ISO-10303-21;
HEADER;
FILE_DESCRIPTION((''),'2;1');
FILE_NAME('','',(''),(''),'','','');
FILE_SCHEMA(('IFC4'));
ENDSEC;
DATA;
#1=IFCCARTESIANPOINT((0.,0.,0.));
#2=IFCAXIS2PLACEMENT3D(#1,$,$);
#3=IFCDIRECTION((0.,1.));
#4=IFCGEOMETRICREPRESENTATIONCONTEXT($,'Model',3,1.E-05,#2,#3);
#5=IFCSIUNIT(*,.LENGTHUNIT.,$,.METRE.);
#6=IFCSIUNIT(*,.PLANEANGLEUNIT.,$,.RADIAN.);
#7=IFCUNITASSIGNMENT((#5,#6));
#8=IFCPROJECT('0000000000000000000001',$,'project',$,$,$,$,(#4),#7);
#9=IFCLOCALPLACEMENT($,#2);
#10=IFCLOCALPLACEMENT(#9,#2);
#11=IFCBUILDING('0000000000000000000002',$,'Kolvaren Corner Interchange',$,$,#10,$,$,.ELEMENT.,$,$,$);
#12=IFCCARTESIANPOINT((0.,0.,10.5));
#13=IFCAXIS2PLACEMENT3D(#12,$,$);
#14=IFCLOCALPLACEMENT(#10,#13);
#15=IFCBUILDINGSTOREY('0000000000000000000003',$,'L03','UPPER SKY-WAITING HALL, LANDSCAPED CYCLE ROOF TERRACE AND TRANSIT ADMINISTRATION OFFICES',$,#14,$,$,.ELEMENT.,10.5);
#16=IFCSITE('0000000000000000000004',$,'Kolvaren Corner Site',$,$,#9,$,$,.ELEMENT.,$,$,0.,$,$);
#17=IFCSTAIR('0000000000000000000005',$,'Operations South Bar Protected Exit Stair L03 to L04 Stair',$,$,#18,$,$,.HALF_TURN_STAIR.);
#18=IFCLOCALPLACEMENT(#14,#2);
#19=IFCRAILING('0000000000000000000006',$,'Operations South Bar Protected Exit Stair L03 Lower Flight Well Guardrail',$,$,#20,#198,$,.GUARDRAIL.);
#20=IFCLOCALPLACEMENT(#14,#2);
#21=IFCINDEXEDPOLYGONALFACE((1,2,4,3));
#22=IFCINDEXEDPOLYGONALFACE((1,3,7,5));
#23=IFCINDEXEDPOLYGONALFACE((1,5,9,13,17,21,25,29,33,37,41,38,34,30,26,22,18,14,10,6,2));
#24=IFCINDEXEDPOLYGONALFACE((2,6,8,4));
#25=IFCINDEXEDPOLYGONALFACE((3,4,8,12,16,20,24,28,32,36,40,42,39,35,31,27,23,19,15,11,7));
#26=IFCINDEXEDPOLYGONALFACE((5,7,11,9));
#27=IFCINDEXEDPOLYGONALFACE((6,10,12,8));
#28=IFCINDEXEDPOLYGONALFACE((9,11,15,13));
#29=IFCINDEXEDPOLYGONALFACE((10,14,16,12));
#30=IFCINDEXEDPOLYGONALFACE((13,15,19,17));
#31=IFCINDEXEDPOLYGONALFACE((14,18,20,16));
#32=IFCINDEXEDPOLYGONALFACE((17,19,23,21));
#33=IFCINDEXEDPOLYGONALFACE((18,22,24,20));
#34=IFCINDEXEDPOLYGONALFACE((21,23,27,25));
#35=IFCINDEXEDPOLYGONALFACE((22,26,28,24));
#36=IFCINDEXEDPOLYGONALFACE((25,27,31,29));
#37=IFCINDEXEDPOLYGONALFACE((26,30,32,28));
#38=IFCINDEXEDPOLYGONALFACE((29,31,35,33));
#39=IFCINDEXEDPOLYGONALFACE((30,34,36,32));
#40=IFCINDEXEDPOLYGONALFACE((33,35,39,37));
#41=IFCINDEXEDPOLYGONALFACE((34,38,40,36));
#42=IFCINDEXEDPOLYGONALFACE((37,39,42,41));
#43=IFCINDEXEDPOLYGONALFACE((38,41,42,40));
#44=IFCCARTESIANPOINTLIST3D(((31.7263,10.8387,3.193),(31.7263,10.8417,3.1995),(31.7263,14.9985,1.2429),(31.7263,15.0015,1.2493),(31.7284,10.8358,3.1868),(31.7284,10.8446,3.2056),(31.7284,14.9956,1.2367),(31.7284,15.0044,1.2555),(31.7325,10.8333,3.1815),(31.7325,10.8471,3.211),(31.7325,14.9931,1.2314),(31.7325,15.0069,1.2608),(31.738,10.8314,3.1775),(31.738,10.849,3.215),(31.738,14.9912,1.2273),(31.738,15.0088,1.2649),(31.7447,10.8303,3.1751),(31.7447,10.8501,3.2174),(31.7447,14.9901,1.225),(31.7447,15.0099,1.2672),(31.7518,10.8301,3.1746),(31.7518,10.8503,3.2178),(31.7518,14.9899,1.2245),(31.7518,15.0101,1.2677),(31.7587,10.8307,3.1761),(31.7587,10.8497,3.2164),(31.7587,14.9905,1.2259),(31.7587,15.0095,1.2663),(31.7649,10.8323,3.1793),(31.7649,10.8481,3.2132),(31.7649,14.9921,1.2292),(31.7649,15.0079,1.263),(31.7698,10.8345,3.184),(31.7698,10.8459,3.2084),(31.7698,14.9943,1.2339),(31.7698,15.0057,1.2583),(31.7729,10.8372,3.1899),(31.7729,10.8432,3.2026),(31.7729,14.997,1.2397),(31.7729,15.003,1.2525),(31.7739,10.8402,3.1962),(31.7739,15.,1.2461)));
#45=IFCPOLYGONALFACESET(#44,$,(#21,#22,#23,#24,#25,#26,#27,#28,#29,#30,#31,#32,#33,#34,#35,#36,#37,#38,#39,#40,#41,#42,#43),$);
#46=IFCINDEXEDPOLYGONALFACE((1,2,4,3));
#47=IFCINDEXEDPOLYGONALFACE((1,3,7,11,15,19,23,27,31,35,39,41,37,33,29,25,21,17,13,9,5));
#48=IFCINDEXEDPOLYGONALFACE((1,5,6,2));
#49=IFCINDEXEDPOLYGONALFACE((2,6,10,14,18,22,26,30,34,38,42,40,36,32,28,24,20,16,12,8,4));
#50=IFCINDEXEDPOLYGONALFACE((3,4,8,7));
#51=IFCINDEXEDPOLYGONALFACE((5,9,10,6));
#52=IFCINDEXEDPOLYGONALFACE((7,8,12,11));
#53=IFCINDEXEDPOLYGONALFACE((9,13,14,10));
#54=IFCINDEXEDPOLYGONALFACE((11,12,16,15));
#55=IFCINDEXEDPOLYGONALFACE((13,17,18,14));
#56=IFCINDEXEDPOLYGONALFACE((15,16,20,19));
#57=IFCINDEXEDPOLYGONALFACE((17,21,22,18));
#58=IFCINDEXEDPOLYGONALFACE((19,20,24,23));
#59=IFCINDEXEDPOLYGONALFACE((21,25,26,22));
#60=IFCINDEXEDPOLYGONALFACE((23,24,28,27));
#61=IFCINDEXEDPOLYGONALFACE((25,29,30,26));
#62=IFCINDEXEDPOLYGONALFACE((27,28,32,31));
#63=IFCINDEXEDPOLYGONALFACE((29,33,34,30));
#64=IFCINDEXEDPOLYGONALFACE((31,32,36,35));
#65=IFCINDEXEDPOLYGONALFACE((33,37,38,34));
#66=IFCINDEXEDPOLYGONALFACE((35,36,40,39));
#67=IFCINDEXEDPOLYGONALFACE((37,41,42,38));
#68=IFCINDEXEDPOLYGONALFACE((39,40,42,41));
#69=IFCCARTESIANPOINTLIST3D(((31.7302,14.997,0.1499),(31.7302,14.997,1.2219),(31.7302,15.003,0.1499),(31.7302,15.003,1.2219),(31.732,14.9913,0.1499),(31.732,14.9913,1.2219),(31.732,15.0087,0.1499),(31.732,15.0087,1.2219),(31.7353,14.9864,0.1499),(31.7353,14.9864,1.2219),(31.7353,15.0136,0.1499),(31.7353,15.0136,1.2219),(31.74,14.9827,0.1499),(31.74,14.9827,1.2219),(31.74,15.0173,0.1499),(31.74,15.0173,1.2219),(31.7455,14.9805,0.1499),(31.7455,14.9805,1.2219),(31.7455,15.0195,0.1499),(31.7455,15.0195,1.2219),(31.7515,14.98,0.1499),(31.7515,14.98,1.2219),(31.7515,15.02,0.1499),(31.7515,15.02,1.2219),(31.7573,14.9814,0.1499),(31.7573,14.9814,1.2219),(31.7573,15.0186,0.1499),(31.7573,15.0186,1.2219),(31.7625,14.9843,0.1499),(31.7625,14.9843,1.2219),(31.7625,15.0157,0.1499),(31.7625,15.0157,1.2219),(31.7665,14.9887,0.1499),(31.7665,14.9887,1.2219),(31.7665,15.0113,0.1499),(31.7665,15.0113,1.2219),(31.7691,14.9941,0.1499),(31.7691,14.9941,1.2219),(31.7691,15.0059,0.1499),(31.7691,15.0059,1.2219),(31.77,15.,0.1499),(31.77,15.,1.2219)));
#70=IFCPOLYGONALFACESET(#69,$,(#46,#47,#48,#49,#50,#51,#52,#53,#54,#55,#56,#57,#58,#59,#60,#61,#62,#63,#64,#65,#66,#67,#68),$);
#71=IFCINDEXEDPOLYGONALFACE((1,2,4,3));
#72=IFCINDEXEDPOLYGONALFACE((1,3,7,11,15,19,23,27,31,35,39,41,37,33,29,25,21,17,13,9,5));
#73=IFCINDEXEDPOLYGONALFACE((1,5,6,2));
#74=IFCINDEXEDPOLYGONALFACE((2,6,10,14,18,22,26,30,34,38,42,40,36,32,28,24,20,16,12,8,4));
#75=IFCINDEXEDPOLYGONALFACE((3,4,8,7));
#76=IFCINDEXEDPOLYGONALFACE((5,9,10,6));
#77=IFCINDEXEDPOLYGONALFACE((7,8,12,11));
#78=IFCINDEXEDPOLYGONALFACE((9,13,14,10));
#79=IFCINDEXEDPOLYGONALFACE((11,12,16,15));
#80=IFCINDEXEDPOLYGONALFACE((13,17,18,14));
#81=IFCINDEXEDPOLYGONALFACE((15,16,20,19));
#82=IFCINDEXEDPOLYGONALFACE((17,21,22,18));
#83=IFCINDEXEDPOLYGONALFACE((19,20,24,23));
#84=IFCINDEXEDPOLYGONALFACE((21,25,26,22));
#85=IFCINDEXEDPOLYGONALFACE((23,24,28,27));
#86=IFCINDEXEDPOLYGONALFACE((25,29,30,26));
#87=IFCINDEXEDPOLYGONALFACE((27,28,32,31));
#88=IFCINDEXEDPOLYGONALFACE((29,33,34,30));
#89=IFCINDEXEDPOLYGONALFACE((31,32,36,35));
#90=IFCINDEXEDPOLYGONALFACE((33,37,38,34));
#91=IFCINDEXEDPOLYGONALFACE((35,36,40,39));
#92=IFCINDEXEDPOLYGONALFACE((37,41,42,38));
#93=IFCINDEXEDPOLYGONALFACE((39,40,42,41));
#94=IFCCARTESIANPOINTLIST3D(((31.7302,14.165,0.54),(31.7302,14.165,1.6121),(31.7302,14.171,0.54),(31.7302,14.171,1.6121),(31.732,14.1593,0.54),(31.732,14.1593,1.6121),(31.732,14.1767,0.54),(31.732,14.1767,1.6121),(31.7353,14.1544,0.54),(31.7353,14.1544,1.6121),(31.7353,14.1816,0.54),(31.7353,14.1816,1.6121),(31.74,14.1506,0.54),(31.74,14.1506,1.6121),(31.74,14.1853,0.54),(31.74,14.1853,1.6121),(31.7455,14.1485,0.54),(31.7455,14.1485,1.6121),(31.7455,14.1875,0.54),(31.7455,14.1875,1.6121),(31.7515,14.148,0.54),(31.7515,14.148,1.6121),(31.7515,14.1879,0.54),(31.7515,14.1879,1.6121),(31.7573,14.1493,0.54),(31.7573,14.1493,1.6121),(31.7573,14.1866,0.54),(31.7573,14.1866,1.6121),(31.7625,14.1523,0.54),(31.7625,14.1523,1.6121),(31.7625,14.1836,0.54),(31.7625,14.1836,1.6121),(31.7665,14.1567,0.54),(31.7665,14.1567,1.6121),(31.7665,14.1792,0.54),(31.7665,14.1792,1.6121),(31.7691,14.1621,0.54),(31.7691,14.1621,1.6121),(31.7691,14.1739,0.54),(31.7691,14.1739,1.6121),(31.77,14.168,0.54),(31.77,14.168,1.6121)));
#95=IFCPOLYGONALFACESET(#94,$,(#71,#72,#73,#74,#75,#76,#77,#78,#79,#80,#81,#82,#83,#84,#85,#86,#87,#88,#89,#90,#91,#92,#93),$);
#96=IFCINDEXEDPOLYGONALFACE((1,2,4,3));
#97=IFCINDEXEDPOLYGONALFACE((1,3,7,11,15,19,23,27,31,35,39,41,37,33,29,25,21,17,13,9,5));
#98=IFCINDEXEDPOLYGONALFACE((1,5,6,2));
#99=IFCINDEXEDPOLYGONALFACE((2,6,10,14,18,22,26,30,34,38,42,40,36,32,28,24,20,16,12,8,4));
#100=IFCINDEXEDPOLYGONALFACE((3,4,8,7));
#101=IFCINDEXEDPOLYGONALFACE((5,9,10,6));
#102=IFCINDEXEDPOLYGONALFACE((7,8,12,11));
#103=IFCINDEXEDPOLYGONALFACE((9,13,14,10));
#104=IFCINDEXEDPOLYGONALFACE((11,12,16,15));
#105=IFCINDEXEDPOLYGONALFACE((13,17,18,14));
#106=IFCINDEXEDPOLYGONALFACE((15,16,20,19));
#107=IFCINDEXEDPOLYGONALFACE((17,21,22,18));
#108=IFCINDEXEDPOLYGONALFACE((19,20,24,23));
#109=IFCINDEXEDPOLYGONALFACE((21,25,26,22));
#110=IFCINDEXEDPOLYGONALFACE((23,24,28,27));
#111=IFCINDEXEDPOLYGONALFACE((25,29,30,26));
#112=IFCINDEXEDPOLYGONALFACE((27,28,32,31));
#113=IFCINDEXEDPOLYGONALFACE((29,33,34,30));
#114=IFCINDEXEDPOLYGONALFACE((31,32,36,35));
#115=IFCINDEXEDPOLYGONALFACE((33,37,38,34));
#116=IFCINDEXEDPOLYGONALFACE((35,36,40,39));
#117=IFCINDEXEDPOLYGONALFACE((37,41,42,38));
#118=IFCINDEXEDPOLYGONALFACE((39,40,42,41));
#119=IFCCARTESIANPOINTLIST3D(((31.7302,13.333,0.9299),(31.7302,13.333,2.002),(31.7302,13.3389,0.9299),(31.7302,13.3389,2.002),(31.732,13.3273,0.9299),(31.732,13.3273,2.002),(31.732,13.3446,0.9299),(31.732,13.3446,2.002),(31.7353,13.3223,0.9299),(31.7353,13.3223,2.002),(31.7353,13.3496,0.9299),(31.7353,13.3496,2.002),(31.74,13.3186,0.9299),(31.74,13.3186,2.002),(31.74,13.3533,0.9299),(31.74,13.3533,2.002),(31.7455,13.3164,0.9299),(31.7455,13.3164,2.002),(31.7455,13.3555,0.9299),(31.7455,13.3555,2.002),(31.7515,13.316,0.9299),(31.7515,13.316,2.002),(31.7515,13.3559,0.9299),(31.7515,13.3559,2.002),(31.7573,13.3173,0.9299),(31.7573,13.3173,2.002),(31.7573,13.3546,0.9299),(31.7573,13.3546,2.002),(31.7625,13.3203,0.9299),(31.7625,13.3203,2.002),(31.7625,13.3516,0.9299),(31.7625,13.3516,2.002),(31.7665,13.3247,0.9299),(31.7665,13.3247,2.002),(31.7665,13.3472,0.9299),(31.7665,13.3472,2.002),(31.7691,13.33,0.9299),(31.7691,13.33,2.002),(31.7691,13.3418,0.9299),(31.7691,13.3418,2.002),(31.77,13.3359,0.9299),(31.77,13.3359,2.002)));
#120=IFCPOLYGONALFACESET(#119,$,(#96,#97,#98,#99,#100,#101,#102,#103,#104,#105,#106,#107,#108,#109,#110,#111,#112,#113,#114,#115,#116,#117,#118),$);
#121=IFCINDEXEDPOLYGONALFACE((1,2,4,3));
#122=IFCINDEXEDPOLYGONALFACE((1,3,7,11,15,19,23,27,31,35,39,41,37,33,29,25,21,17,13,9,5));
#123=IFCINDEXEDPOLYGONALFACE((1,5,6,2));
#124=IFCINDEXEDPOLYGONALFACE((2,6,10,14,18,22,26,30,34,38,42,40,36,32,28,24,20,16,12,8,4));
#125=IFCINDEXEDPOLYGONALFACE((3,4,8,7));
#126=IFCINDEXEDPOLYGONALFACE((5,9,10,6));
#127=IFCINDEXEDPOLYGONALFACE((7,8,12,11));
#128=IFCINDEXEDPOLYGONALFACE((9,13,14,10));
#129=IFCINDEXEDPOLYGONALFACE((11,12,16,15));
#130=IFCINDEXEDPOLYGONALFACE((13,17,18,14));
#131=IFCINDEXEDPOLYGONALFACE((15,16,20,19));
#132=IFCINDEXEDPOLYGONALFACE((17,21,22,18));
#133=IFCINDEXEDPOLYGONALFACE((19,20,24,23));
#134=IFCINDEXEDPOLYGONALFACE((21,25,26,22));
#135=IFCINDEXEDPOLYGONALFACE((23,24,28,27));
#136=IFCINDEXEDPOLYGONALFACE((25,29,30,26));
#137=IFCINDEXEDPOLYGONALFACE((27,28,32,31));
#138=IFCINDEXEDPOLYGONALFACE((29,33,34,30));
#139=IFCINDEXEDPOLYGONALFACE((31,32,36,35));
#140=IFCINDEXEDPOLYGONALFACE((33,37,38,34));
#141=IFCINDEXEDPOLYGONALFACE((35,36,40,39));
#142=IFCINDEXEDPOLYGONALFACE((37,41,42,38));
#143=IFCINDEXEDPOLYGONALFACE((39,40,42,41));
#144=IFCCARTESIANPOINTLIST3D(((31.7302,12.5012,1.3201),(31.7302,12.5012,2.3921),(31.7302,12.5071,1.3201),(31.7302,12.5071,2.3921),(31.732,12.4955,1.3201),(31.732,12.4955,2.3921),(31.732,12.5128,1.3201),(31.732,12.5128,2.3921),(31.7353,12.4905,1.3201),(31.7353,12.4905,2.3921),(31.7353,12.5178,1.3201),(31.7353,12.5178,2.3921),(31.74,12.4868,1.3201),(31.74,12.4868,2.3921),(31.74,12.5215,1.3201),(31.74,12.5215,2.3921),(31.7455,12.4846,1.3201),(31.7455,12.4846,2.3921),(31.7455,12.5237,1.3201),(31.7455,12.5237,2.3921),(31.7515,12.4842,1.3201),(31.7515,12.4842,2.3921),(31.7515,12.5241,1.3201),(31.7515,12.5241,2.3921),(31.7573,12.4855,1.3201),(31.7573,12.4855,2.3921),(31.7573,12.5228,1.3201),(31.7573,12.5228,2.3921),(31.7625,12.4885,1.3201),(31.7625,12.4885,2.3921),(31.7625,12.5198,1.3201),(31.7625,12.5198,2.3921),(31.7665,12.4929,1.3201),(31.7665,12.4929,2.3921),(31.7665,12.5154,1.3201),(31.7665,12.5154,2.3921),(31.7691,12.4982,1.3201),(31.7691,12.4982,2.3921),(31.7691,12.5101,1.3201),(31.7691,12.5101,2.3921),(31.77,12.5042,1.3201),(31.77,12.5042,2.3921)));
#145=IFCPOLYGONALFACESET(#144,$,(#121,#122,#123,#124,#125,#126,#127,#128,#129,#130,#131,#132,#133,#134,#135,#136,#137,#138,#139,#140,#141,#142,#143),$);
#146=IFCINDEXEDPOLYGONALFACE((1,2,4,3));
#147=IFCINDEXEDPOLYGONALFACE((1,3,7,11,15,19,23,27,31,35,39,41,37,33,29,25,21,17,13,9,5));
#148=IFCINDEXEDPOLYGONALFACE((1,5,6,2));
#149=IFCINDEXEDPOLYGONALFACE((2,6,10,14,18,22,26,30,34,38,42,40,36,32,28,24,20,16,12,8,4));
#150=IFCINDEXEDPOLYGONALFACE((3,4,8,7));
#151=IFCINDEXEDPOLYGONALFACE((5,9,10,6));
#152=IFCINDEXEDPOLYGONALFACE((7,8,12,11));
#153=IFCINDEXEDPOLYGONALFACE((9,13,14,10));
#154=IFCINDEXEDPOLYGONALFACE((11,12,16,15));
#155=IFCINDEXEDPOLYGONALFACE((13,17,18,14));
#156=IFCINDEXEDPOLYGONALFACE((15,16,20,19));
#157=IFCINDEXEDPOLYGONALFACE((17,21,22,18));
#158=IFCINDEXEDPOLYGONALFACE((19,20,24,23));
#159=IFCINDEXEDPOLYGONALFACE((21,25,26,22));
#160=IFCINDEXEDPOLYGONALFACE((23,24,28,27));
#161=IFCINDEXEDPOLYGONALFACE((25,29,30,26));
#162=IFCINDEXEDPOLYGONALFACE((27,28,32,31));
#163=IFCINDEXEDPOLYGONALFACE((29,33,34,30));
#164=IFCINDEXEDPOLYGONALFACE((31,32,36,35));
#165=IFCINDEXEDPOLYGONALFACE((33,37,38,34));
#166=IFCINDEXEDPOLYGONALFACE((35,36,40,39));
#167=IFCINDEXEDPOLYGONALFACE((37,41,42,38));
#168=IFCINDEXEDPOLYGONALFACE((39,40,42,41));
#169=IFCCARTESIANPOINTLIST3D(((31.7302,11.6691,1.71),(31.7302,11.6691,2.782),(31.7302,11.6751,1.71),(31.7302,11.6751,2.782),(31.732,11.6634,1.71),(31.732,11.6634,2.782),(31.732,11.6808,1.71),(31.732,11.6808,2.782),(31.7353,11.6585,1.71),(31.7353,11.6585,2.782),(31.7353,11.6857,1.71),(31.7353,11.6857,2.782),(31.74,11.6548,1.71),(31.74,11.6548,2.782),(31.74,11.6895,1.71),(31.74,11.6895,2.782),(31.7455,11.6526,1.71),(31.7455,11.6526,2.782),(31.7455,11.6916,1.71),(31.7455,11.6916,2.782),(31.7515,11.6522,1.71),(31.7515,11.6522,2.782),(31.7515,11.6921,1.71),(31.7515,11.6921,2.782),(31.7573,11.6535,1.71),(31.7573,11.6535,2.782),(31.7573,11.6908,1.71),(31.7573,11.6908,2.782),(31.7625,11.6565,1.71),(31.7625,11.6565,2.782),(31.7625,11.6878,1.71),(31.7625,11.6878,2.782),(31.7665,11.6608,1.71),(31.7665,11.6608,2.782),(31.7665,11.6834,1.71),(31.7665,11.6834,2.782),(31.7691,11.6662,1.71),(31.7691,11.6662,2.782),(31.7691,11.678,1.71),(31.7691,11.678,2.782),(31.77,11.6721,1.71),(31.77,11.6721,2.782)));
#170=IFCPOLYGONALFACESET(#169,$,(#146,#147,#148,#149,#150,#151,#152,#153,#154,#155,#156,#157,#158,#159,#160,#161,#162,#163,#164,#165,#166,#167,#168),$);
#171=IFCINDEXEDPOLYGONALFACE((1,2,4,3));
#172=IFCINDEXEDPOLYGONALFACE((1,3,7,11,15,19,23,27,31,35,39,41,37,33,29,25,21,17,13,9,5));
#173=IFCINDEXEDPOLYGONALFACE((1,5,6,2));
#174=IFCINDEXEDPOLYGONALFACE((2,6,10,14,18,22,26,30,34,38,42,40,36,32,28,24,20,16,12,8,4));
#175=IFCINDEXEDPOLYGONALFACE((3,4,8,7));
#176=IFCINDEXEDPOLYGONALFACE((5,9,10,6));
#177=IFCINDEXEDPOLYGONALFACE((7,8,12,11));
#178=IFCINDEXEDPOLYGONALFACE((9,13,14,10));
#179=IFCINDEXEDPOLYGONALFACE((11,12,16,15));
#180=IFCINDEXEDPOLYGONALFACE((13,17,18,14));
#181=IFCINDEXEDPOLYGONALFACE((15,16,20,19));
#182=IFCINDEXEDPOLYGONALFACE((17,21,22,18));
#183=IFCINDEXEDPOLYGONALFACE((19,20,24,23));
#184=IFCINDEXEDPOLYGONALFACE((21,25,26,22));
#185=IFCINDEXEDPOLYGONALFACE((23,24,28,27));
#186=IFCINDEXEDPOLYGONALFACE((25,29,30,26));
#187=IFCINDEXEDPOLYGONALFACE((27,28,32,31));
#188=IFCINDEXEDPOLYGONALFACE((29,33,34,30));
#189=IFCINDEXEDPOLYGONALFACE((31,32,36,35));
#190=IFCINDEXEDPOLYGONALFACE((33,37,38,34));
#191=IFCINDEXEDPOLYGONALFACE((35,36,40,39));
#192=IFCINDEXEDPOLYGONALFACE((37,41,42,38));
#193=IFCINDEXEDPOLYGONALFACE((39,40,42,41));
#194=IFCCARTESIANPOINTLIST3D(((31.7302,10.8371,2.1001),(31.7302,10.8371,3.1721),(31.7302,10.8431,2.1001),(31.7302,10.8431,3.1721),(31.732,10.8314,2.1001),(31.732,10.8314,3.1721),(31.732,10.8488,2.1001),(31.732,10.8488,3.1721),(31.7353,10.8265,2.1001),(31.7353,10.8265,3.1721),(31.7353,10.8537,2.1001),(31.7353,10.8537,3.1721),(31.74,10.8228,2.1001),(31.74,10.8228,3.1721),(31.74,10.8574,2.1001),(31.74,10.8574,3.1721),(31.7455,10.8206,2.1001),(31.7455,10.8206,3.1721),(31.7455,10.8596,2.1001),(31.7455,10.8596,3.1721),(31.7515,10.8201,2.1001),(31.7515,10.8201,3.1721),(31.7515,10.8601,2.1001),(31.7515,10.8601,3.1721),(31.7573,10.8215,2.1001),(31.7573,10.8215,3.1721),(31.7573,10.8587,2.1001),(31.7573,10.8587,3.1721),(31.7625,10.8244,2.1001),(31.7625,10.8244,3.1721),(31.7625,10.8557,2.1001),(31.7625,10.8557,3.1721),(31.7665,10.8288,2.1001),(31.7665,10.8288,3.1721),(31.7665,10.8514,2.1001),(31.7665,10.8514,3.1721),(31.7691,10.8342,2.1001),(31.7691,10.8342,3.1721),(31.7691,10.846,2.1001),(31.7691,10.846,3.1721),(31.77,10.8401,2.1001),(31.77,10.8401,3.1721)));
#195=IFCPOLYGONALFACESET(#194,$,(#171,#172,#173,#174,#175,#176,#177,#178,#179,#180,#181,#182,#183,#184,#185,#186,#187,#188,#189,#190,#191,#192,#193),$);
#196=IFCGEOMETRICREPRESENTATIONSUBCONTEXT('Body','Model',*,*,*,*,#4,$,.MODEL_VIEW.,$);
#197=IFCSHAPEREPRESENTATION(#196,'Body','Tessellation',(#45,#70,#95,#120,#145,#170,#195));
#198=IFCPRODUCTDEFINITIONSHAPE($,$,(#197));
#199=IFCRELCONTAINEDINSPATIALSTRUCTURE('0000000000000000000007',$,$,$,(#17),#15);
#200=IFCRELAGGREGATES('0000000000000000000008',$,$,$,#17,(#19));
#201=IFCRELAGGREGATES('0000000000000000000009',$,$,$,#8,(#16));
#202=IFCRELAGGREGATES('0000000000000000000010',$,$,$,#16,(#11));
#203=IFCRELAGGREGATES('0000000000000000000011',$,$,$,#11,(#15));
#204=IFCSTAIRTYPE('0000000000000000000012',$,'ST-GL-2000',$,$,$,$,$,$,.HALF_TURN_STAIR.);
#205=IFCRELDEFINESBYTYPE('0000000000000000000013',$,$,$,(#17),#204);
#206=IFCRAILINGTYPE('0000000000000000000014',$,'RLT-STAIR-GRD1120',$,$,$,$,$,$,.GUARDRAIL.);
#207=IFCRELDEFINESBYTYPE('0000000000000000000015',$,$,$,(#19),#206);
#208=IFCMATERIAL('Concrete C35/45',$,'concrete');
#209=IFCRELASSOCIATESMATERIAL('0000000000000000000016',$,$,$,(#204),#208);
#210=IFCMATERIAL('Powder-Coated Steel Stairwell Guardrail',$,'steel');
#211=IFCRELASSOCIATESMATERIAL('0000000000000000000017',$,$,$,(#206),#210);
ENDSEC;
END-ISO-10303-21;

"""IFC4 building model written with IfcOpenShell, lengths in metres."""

from ifc_helpers import new_model, si_unit, direction, frame, origin, origin_2d, place, context, subcontext, project, spatial, circle, extrude, material, type_object, element, aggregate, save


model = new_model("IFC4")

# Units and contexts
model_context = context("Model", 3, precision=1e-05, world=origin(), true_north=direction((0.0, 1.0)))
body_context = subcontext(model_context, "Body", "Model", "MODEL_VIEW")
ifc_project = project(units=[si_unit("LENGTHUNIT", "METRE"), si_unit("PLANEANGLEUNIT", "RADIAN")], contexts=[model_context])

# Site, building, storey
site_placement = place(None, origin())
site = spatial("IfcSite", under=ifc_project, at=site_placement, Name="Kolvaren Corner Site", CompositionType="ELEMENT", RefElevation=0.0)
building_placement = place(site_placement, origin())
building = spatial("IfcBuilding", under=site, at=building_placement, Name="Kolvaren Corner Interchange", CompositionType="ELEMENT")
storey_placement = place(building_placement, frame((0.0, 0.0, 10.5)))
storey = spatial("IfcBuildingStorey", under=building, at=storey_placement, Name="L03", Description="UPPER SKY-WAITING HALL, LANDSCAPED CYCLE ROOF TERRACE AND TRANSIT ADMINISTRATION OFFICES", CompositionType="ELEMENT", Elevation=10.5)

# Stair
ifc_material_1 = material(Name="Concrete C35/45", Category="concrete")
stair_type = type_object("IfcStairType", Name="ST-GL-2000", PredefinedType="HALF_TURN_STAIR", material=ifc_material_1)
stair_placement = place(storey_placement, origin())
stair = element("IfcStair", 1, at=stair_placement, inside=storey, type_object=stair_type, Name="Operations South Bar Protected Exit Stair L03 to L04 Stair", PredefinedType="HALF_TURN_STAIR")

# Railing
ifc_material_2 = material(Name="Powder-Coated Steel Stairwell Guardrail", Category="steel")
railing_type_1 = type_object("IfcRailingType", Name="RLT-STAIR-GRD1120", PredefinedType="GUARDRAIL", material=ifc_material_2)
railing_1_placement = place(storey_placement, frame((31.75, 15.0, 0.1499)))
railing_1 = element("IfcRailing", 2, at=railing_1_placement, type_object=railing_type_1, Name="Operations South Bar Protected Exit Stair L03 Lower Flight Well Guardrail", PredefinedType="GUARDRAIL", context=body_context, shape_type="SweptSolid", body=[
    extrude(circle(Radius=0.0239, at=origin_2d()), frame((0.0, 0.0, 1.0962), z_axis=(0.0, -0.905439, 0.424476), x_axis=(1.0, 0.0, 0.0)), (0.0, 0.0, 1.0), 4.5942),
    extrude(circle(Radius=0.02, at=origin_2d()), origin(), (0.0, 0.0, 1.0), 1.072),
    extrude(circle(Radius=0.02, at=origin_2d()), frame((0.0, -0.832, 0.3901)), (0.0, 0.0, 1.0), 1.072),
    extrude(circle(Radius=0.02, at=origin_2d()), frame((0.0, -1.6641, 0.78)), (0.0, 0.0, 1.0), 1.072),
    extrude(circle(Radius=0.02, at=origin_2d()), frame((0.0, -2.4958, 1.1702)), (0.0, 0.0, 1.0), 1.072),
    extrude(circle(Radius=0.02, at=origin_2d()), frame((0.0, -3.3279, 1.5601)), (0.0, 0.0, 1.0), 1.072),
    extrude(circle(Radius=0.02, at=origin_2d()), frame((0.0, -4.1599, 1.9502)), (0.0, 0.0, 1.0), 1.072),
])
aggregate(stair, [railing_1])

save(model, "model.ifc")
